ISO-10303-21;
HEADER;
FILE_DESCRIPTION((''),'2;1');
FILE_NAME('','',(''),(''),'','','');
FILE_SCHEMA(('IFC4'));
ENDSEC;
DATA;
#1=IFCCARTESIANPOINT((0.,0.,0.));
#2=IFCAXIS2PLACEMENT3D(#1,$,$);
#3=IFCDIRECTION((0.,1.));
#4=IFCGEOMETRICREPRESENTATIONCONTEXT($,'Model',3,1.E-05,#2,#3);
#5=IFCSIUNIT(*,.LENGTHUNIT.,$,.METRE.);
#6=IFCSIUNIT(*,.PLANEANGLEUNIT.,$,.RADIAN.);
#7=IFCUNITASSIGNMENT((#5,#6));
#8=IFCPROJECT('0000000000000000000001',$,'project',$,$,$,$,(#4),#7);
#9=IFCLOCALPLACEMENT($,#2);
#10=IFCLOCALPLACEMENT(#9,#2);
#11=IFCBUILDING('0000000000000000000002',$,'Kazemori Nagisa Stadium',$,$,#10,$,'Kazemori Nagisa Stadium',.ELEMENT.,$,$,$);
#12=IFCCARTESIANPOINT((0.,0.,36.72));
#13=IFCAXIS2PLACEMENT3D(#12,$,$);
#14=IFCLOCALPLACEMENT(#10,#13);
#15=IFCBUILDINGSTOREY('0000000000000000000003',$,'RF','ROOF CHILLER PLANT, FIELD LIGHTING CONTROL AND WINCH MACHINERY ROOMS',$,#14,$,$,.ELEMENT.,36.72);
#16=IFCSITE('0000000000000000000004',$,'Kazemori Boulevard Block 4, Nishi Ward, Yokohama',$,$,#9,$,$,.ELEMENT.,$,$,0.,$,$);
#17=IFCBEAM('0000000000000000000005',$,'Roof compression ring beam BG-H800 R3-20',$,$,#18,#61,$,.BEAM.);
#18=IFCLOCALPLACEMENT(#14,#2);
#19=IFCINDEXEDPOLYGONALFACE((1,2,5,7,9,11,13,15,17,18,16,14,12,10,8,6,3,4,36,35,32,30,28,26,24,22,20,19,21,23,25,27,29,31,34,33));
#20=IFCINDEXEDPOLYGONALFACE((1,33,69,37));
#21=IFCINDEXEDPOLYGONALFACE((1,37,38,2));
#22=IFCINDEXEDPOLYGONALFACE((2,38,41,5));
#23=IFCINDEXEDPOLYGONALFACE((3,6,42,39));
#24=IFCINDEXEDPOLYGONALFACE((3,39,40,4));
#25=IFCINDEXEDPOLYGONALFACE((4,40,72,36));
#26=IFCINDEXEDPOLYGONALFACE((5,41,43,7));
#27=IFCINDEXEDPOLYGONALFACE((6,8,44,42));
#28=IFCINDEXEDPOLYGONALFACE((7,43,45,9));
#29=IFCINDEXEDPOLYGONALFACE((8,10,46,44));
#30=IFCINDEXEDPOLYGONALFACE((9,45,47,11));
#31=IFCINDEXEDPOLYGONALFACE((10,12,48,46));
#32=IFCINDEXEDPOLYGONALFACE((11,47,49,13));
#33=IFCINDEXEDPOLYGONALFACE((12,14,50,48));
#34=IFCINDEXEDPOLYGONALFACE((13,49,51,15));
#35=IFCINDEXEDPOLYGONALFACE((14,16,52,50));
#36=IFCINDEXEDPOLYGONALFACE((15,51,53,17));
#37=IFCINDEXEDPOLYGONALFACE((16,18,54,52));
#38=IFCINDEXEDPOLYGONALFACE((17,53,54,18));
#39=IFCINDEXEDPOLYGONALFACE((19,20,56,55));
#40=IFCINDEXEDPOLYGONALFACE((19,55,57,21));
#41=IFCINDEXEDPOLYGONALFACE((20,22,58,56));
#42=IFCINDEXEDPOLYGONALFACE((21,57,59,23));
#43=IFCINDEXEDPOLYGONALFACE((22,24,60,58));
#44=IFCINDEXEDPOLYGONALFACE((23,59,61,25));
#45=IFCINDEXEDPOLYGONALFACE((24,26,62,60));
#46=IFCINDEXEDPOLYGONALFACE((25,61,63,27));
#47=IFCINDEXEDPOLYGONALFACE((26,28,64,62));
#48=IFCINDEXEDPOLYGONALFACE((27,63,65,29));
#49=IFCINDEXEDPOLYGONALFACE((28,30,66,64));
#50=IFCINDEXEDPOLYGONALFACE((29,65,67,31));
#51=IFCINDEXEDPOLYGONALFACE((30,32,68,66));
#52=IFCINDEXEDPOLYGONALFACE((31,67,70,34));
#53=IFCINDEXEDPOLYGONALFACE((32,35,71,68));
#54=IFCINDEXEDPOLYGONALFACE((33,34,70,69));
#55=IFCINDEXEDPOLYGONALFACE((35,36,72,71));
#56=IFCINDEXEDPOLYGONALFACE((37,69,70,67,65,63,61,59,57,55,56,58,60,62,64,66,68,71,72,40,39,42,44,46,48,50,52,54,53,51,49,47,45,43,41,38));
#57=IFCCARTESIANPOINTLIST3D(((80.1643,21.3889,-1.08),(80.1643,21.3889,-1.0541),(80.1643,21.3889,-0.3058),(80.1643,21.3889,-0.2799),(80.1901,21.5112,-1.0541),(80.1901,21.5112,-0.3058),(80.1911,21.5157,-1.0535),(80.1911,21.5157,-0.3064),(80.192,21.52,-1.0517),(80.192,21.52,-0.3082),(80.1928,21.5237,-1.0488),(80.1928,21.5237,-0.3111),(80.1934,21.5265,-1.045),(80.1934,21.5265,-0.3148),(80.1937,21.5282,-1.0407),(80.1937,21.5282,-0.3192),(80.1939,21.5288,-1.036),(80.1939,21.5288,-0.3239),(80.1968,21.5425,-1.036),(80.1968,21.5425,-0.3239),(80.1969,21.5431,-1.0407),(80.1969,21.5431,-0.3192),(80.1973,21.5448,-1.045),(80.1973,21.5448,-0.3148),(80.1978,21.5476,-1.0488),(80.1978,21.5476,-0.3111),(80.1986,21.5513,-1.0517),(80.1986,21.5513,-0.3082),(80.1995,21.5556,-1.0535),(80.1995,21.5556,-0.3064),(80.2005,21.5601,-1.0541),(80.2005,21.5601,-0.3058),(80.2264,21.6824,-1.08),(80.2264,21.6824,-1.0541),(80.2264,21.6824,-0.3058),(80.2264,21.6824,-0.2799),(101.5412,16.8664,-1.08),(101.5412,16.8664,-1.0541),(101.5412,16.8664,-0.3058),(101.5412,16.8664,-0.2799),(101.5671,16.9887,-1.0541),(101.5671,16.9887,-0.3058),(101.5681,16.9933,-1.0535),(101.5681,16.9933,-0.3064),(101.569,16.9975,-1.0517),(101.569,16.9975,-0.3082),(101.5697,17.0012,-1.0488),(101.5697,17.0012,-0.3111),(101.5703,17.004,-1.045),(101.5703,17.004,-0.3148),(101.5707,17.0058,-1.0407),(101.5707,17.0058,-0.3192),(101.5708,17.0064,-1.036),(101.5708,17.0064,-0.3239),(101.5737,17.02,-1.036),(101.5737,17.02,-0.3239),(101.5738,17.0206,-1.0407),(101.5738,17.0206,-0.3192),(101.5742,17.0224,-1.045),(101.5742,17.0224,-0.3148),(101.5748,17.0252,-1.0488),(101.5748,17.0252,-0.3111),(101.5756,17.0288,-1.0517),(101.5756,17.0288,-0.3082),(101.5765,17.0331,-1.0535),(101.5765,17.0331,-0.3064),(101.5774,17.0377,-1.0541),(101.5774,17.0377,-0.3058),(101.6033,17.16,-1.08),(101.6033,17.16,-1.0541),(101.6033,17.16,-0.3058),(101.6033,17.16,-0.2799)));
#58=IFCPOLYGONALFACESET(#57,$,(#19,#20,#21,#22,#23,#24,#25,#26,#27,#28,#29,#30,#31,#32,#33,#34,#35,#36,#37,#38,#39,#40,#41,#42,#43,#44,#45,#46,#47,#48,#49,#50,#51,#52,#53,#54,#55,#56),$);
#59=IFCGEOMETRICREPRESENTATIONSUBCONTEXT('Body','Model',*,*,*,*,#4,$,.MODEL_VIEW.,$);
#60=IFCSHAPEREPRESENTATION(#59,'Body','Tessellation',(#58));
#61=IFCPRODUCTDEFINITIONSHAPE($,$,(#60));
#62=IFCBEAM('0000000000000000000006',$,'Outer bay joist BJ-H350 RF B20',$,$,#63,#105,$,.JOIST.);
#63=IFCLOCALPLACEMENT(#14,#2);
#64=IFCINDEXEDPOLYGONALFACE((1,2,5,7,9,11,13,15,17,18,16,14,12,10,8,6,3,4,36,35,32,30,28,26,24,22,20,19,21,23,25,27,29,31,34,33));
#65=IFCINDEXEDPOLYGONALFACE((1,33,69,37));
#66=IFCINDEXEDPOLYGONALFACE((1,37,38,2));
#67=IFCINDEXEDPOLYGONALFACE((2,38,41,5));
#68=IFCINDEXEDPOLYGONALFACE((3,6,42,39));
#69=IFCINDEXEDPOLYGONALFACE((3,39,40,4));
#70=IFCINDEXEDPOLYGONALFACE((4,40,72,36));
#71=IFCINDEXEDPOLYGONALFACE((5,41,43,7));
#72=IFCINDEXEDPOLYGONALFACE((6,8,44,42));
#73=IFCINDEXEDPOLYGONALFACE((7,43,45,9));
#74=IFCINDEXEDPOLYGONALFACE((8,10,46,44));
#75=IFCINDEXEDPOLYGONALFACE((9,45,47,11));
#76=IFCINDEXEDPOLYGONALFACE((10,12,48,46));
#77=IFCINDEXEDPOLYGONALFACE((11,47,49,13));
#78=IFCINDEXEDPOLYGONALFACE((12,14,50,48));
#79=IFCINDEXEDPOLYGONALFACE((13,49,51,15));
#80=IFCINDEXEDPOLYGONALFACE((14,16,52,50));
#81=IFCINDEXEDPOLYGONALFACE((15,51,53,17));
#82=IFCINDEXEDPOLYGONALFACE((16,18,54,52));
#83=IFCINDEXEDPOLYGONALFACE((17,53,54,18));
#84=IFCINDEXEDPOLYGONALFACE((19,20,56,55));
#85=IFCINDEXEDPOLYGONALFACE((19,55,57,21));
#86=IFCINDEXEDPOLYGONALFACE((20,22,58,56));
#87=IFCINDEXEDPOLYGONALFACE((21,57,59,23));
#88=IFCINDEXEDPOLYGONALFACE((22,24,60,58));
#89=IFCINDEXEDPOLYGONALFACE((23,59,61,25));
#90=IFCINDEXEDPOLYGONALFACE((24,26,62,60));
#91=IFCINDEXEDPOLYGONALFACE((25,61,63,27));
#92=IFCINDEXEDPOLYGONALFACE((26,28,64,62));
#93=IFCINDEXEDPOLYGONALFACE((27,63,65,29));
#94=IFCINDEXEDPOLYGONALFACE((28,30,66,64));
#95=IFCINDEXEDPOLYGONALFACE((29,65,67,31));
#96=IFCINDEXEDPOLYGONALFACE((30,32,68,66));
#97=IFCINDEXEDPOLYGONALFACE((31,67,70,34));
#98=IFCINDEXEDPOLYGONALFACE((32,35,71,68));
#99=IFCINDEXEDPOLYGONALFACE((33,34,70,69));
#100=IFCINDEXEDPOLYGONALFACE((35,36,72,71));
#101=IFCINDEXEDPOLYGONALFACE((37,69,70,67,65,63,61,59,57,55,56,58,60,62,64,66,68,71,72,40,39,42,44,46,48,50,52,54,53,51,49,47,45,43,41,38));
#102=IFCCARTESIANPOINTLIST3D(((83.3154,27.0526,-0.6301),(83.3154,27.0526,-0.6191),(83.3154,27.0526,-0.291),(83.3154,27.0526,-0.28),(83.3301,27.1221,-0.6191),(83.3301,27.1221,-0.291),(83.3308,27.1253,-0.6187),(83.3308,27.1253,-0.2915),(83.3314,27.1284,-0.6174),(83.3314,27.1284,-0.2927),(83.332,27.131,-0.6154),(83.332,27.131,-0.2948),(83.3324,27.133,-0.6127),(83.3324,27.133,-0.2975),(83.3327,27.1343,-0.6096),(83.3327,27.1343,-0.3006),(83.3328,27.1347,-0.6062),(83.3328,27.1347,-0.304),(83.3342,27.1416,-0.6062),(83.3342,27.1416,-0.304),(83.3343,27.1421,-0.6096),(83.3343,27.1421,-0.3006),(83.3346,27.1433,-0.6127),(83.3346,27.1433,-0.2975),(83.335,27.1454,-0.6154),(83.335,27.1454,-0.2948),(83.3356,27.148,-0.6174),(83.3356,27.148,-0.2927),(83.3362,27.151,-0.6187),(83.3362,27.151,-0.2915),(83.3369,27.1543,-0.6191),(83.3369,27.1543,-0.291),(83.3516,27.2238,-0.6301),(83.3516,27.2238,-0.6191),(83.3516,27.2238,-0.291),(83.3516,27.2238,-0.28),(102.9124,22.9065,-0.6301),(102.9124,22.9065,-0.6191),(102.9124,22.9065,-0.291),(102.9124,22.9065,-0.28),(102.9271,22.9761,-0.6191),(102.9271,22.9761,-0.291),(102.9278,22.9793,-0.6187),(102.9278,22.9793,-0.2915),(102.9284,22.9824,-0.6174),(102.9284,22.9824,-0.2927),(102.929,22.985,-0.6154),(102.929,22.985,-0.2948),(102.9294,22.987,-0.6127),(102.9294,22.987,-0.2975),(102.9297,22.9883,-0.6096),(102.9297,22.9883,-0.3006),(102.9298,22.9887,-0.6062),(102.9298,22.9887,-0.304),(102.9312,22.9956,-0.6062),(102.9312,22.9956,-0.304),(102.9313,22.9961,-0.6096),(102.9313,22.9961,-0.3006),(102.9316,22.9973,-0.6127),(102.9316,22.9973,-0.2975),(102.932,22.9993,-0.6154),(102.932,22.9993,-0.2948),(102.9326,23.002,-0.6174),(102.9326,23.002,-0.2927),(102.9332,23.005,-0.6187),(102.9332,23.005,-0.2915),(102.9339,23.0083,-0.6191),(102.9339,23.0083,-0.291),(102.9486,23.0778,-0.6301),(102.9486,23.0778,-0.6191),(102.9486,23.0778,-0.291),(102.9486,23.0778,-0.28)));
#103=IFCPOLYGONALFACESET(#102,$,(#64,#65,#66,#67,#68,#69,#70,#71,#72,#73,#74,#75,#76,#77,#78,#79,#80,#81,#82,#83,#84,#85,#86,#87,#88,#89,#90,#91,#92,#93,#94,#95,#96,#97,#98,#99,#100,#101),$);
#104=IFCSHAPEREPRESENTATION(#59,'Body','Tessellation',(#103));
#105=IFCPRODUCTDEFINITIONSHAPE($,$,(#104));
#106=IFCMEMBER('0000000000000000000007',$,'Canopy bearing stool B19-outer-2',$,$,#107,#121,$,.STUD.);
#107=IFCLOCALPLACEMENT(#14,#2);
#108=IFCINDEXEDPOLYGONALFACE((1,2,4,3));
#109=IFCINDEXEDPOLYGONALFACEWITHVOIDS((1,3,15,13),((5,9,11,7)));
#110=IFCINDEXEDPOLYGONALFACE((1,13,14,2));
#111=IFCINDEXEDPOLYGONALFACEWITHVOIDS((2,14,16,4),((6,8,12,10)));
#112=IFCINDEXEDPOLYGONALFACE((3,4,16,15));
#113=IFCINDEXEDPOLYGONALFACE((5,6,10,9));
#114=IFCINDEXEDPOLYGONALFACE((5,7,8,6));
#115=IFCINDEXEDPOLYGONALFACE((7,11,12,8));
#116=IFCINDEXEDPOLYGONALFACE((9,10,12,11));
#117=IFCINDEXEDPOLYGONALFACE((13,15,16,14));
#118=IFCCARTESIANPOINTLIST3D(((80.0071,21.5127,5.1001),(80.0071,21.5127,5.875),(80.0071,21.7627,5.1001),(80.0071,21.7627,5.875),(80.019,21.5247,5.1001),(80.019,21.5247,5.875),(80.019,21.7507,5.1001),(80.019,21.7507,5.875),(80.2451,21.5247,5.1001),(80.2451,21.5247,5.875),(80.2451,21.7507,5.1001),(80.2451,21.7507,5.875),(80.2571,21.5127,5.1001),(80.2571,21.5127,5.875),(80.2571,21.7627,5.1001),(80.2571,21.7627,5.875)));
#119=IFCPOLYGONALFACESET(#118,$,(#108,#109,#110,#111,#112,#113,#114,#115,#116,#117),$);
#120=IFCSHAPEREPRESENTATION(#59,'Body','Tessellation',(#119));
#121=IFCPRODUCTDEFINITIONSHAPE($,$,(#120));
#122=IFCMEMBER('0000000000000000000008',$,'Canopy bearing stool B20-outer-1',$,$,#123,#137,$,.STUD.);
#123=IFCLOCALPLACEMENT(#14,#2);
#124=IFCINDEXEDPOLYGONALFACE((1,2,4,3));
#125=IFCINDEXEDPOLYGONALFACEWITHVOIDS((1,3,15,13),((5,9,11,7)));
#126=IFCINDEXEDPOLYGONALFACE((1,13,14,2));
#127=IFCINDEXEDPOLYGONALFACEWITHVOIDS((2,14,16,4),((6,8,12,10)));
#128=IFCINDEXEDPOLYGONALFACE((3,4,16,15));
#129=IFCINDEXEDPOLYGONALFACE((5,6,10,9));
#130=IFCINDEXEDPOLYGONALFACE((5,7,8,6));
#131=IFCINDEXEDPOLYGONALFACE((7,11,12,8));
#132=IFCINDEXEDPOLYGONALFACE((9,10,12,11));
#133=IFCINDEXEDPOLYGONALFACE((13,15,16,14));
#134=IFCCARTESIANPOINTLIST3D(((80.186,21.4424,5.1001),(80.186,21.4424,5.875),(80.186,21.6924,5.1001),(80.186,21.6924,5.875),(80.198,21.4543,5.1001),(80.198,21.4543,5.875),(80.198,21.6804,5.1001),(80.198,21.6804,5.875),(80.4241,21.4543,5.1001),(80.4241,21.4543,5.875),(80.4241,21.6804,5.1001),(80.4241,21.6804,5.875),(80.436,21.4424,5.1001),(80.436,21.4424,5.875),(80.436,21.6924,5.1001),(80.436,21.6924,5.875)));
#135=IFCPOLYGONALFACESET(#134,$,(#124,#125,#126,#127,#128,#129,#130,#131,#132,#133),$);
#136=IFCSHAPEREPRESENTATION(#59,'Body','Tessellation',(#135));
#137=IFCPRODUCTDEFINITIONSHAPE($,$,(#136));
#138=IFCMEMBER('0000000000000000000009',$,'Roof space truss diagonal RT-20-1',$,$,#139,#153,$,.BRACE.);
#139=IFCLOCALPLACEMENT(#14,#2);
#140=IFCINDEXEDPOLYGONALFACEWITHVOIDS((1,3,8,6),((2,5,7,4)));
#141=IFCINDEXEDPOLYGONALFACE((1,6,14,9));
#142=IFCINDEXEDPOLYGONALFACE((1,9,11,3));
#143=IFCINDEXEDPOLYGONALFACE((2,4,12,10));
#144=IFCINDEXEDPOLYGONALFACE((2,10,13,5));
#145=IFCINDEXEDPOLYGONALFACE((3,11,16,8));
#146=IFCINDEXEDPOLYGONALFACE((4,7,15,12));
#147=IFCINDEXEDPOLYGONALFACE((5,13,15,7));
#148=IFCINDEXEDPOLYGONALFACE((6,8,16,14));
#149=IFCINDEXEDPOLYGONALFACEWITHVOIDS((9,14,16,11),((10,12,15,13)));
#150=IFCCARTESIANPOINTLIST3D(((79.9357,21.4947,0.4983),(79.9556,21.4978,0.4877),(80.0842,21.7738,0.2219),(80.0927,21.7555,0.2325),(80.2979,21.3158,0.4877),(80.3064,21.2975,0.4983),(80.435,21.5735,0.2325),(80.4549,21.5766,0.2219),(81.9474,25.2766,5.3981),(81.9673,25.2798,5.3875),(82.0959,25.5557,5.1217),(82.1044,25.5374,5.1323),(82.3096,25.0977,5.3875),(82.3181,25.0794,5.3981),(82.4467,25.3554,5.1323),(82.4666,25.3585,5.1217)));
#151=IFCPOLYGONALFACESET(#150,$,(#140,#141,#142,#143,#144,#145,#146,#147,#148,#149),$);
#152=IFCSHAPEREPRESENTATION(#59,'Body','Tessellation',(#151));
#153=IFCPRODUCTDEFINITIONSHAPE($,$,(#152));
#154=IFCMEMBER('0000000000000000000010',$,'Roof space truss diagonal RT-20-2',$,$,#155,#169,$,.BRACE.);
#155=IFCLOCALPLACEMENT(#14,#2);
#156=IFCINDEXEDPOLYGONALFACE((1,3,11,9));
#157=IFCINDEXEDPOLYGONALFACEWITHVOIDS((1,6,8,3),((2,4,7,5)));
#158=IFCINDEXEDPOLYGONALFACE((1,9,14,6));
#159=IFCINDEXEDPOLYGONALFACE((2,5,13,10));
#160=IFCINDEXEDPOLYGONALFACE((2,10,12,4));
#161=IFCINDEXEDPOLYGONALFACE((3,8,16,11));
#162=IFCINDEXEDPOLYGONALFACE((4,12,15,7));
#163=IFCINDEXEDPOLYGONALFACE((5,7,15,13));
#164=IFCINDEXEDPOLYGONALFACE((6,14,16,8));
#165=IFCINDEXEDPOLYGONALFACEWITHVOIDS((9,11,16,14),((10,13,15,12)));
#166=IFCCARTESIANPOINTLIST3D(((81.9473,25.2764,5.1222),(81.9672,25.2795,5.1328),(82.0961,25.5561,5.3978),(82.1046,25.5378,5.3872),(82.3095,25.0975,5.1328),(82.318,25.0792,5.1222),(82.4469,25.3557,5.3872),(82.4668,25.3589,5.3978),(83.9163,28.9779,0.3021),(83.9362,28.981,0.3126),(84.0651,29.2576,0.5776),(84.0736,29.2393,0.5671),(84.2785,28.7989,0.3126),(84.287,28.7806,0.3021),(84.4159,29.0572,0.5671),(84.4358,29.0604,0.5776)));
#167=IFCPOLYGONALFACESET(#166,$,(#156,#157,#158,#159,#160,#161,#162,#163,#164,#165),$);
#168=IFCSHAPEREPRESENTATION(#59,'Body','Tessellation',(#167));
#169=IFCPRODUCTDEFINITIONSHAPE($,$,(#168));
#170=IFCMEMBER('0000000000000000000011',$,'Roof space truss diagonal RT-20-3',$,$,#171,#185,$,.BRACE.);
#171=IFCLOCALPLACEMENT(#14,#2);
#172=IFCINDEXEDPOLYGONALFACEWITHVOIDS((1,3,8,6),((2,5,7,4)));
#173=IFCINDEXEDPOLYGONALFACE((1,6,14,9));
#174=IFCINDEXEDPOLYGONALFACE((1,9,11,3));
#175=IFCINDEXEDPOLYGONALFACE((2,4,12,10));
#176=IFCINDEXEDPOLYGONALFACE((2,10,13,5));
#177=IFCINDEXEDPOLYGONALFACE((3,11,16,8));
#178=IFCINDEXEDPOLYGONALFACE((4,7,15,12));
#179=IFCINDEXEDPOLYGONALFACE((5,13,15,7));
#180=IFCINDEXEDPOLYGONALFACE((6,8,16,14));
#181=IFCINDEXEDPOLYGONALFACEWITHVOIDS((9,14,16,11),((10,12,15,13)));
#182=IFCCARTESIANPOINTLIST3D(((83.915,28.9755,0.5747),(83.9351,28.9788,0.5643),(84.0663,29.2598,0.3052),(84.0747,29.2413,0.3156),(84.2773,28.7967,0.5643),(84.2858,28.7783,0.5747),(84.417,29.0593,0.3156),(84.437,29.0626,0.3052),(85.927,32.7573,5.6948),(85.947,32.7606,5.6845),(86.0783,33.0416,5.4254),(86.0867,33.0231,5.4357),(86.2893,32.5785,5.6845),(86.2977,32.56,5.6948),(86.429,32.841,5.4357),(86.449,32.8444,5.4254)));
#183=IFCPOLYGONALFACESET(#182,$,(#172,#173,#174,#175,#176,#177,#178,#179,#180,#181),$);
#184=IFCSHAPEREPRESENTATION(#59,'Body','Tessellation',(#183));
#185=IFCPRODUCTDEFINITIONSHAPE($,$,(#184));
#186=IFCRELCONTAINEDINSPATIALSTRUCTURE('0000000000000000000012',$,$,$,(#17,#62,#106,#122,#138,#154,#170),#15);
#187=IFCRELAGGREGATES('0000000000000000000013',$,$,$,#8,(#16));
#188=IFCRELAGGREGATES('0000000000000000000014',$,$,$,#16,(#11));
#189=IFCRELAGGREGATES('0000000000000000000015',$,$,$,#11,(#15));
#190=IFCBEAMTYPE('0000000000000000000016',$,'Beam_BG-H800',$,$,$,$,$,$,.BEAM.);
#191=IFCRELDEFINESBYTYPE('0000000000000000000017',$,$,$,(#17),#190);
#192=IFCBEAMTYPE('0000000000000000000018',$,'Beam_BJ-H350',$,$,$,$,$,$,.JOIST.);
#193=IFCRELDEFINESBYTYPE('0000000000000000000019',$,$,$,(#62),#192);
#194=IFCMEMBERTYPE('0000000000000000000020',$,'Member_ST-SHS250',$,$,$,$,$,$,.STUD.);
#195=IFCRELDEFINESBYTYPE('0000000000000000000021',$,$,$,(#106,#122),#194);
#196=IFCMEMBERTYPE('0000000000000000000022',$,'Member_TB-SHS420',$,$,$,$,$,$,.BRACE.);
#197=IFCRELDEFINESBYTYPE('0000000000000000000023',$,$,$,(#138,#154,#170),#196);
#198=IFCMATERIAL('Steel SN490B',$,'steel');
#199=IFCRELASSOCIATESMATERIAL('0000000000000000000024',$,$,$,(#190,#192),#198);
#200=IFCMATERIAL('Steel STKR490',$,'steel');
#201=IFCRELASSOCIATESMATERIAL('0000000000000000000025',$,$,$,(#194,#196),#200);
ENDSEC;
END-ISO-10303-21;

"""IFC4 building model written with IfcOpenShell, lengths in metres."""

from ifc_helpers import new_model, si_unit, direction, frame, origin, origin_2d, place, context, subcontext, project, spatial, hollow_rectangle, i_section, extrude, material, material_profile, profile_set, type_object, element, save


model = new_model("IFC4")

# Units and contexts
model_context = context("Model", 3, precision=1e-05, world=origin(), true_north=direction((0.0, 1.0)))
body_context = subcontext(model_context, "Body", "Model", "MODEL_VIEW")
ifc_project = project(units=[si_unit("LENGTHUNIT", "METRE"), si_unit("PLANEANGLEUNIT", "RADIAN")], contexts=[model_context])

# Site, building, storey
site_placement = place(None, origin())
site = spatial("IfcSite", under=ifc_project, at=site_placement, Name="Kazemori Boulevard Block 4, Nishi Ward, Yokohama", CompositionType="ELEMENT", RefElevation=0.0)
building_placement = place(site_placement, origin())
building = spatial("IfcBuilding", under=site, at=building_placement, Name="Kazemori Nagisa Stadium", LongName="Kazemori Nagisa Stadium", CompositionType="ELEMENT")
storey_placement = place(building_placement, frame((0.0, 0.0, 36.72)))
storey = spatial("IfcBuildingStorey", under=building, at=storey_placement, Name="RF", Description="ROOF CHILLER PLANT, FIELD LIGHTING CONTROL AND WINCH MACHINERY ROOMS", CompositionType="ELEMENT", Elevation=36.72)

# Shared definitions
ifc_material_1 = material(Name="Steel SN490B", Category="steel")

# Beams
ifc_material_profile_1 = material_profile(ifc_material_1, i_section(OverallWidth=0.3, OverallDepth=0.8, WebThickness=0.0139, FlangeThickness=0.0259, FilletRadius=0.0181, at=origin_2d()), Name="H-800x300x14x26")
ifc_profile_set_1 = profile_set([ifc_material_profile_1], Name="Steel SN490B")
beam_type_1 = type_object("IfcBeamType", Name="Beam_BG-H800", PredefinedType="BEAM", material=ifc_profile_set_1)
beam_1_placement = place(storey_placement, frame((80.1953, 21.5356, -0.6799), z_axis=(0.978346, -0.206977, 0.0), x_axis=(0.206977, 0.978346, 0.0)))
element("IfcBeam", 1, at=beam_1_placement, inside=storey, type_object=beam_type_1, Name="Roof compression ring beam BG-H800 R3-20", PredefinedType="BEAM", context=body_context, shape_type="SweptSolid", body=[
    extrude(i_section(OverallWidth=0.3, OverallDepth=0.8, WebThickness=0.0139, FlangeThickness=0.0259, FilletRadius=0.0181, at=origin_2d()), origin(), (0.0, 0.0, 1.0), 21.8501),
])
ifc_material_profile_2 = material_profile(ifc_material_1, i_section(OverallWidth=0.175, OverallDepth=0.3501, WebThickness=0.0071, FlangeThickness=0.011, FilletRadius=0.0129, at=origin_2d()), Name="H-350x175x7x11")
ifc_profile_set_2 = profile_set([ifc_material_profile_2], Name="Steel SN490B")
beam_type_2 = type_object("IfcBeamType", Name="Beam_BJ-H350", PredefinedType="JOIST", material=ifc_profile_set_2)
beam_2_placement = place(storey_placement, frame((83.3335, 27.1382, -0.4551), z_axis=(0.978345, -0.206982, 0.0), x_axis=(0.206982, 0.978345, 0.0)))
element("IfcBeam", 2, at=beam_2_placement, inside=storey, type_object=beam_type_2, Name="Outer bay joist BJ-H350 RF B20", PredefinedType="JOIST", context=body_context, shape_type="SweptSolid", body=[
    extrude(i_section(OverallWidth=0.175, OverallDepth=0.3501, WebThickness=0.0071, FlangeThickness=0.011, FilletRadius=0.0129, at=origin_2d()), origin(), (0.0, 0.0, 1.0), 20.0308),
])

# Members
ifc_material_2 = material(Name="Steel STKR490", Category="steel")
ifc_material_profile_3 = material_profile(ifc_material_2, hollow_rectangle(XDim=0.25, YDim=0.25, WallThickness=0.012, at=origin_2d()), Name="SHS-250x250x12")
ifc_profile_set_3 = profile_set([ifc_material_profile_3], Name="Steel STKR490")
member_type_1 = type_object("IfcMemberType", Name="Member_ST-SHS250", PredefinedType="STUD", material=ifc_profile_set_3)
for number, where, z_axis, x_axis, name in (
    (3, (80.1321, 21.6377, 5.1001), (0.0, 0.0, 1.0), (1.0, 0.0, 0.0), "Canopy bearing stool B19-outer-2"),
    (4, (80.311, 21.5674, 5.1001), (0.0, 0.0, 1.0), (1.0, 0.0, 0.0), "Canopy bearing stool B20-outer-1"),
):
    element("IfcMember", number, at=place(storey_placement, frame(where, z_axis=z_axis, x_axis=x_axis)), inside=storey, type_object=member_type_1, Name=name, PredefinedType="STUD", context=body_context, shape_type="SweptSolid", body=[
        extrude(hollow_rectangle(XDim=0.25, YDim=0.25, WallThickness=0.012, at=origin_2d()), origin(), (0.0, 0.0, 1.0), 0.7749),
    ])
ifc_material_profile_4 = material_profile(ifc_material_2, hollow_rectangle(XDim=0.4199, YDim=0.4199, WallThickness=0.0161, at=origin_2d()), Name="SHS-420x420x16")
ifc_profile_set_4 = profile_set([ifc_material_profile_4], Name="Steel STKR490")
member_type_2 = type_object("IfcMemberType", Name="Member_TB-SHS420", PredefinedType="BRACE", material=ifc_profile_set_4)
member_1_placement = place(storey_placement, frame((80.1953, 21.5356, 0.3601), z_axis=(0.309095, 0.581091, 0.752857), x_axis=(-0.88287, 0.469618, 0.0)))
element("IfcMember", 5, at=member_1_placement, inside=storey, type_object=member_type_2, Name="Roof space truss diagonal RT-20-1", PredefinedType="BRACE", context=body_context, shape_type="SweptSolid", body=[
    extrude(hollow_rectangle(XDim=0.4199, YDim=0.4199, WallThickness=0.0161, at=origin_2d()), origin(), (0.0, 0.0, 1.0), 6.5083),
])
member_2_placement = place(storey_placement, frame((82.207, 25.3176, 5.26), z_axis=(0.308218, 0.579405, -0.754514), x_axis=(-0.882857, 0.469642, 0.0)))
element("IfcMember", 6, at=member_2_placement, inside=storey, type_object=member_type_2, Name="Roof space truss diagonal RT-20-2", PredefinedType="BRACE", context=body_context, shape_type="SweptSolid", body=[
    extrude(hollow_rectangle(XDim=0.4199, YDim=0.4199, WallThickness=0.0161, at=origin_2d()), origin(), (0.0, 0.0, 1.0), 6.3884),
])
member_3_placement = place(storey_placement, frame((84.176, 29.019, 0.4399), z_axis=(0.301385, 0.566492, 0.766977), x_axis=(-0.882834, 0.469686, 0.0)))
element("IfcMember", 7, at=member_3_placement, inside=storey, type_object=member_type_2, Name="Roof space truss diagonal RT-20-3", PredefinedType="BRACE", context=body_context, shape_type="SweptSolid", body=[
    extrude(hollow_rectangle(XDim=0.4199, YDim=0.4199, WallThickness=0.0161, at=origin_2d()), origin(), (0.0, 0.0, 1.0), 6.6758),
])

save(model, "model.ifc")
